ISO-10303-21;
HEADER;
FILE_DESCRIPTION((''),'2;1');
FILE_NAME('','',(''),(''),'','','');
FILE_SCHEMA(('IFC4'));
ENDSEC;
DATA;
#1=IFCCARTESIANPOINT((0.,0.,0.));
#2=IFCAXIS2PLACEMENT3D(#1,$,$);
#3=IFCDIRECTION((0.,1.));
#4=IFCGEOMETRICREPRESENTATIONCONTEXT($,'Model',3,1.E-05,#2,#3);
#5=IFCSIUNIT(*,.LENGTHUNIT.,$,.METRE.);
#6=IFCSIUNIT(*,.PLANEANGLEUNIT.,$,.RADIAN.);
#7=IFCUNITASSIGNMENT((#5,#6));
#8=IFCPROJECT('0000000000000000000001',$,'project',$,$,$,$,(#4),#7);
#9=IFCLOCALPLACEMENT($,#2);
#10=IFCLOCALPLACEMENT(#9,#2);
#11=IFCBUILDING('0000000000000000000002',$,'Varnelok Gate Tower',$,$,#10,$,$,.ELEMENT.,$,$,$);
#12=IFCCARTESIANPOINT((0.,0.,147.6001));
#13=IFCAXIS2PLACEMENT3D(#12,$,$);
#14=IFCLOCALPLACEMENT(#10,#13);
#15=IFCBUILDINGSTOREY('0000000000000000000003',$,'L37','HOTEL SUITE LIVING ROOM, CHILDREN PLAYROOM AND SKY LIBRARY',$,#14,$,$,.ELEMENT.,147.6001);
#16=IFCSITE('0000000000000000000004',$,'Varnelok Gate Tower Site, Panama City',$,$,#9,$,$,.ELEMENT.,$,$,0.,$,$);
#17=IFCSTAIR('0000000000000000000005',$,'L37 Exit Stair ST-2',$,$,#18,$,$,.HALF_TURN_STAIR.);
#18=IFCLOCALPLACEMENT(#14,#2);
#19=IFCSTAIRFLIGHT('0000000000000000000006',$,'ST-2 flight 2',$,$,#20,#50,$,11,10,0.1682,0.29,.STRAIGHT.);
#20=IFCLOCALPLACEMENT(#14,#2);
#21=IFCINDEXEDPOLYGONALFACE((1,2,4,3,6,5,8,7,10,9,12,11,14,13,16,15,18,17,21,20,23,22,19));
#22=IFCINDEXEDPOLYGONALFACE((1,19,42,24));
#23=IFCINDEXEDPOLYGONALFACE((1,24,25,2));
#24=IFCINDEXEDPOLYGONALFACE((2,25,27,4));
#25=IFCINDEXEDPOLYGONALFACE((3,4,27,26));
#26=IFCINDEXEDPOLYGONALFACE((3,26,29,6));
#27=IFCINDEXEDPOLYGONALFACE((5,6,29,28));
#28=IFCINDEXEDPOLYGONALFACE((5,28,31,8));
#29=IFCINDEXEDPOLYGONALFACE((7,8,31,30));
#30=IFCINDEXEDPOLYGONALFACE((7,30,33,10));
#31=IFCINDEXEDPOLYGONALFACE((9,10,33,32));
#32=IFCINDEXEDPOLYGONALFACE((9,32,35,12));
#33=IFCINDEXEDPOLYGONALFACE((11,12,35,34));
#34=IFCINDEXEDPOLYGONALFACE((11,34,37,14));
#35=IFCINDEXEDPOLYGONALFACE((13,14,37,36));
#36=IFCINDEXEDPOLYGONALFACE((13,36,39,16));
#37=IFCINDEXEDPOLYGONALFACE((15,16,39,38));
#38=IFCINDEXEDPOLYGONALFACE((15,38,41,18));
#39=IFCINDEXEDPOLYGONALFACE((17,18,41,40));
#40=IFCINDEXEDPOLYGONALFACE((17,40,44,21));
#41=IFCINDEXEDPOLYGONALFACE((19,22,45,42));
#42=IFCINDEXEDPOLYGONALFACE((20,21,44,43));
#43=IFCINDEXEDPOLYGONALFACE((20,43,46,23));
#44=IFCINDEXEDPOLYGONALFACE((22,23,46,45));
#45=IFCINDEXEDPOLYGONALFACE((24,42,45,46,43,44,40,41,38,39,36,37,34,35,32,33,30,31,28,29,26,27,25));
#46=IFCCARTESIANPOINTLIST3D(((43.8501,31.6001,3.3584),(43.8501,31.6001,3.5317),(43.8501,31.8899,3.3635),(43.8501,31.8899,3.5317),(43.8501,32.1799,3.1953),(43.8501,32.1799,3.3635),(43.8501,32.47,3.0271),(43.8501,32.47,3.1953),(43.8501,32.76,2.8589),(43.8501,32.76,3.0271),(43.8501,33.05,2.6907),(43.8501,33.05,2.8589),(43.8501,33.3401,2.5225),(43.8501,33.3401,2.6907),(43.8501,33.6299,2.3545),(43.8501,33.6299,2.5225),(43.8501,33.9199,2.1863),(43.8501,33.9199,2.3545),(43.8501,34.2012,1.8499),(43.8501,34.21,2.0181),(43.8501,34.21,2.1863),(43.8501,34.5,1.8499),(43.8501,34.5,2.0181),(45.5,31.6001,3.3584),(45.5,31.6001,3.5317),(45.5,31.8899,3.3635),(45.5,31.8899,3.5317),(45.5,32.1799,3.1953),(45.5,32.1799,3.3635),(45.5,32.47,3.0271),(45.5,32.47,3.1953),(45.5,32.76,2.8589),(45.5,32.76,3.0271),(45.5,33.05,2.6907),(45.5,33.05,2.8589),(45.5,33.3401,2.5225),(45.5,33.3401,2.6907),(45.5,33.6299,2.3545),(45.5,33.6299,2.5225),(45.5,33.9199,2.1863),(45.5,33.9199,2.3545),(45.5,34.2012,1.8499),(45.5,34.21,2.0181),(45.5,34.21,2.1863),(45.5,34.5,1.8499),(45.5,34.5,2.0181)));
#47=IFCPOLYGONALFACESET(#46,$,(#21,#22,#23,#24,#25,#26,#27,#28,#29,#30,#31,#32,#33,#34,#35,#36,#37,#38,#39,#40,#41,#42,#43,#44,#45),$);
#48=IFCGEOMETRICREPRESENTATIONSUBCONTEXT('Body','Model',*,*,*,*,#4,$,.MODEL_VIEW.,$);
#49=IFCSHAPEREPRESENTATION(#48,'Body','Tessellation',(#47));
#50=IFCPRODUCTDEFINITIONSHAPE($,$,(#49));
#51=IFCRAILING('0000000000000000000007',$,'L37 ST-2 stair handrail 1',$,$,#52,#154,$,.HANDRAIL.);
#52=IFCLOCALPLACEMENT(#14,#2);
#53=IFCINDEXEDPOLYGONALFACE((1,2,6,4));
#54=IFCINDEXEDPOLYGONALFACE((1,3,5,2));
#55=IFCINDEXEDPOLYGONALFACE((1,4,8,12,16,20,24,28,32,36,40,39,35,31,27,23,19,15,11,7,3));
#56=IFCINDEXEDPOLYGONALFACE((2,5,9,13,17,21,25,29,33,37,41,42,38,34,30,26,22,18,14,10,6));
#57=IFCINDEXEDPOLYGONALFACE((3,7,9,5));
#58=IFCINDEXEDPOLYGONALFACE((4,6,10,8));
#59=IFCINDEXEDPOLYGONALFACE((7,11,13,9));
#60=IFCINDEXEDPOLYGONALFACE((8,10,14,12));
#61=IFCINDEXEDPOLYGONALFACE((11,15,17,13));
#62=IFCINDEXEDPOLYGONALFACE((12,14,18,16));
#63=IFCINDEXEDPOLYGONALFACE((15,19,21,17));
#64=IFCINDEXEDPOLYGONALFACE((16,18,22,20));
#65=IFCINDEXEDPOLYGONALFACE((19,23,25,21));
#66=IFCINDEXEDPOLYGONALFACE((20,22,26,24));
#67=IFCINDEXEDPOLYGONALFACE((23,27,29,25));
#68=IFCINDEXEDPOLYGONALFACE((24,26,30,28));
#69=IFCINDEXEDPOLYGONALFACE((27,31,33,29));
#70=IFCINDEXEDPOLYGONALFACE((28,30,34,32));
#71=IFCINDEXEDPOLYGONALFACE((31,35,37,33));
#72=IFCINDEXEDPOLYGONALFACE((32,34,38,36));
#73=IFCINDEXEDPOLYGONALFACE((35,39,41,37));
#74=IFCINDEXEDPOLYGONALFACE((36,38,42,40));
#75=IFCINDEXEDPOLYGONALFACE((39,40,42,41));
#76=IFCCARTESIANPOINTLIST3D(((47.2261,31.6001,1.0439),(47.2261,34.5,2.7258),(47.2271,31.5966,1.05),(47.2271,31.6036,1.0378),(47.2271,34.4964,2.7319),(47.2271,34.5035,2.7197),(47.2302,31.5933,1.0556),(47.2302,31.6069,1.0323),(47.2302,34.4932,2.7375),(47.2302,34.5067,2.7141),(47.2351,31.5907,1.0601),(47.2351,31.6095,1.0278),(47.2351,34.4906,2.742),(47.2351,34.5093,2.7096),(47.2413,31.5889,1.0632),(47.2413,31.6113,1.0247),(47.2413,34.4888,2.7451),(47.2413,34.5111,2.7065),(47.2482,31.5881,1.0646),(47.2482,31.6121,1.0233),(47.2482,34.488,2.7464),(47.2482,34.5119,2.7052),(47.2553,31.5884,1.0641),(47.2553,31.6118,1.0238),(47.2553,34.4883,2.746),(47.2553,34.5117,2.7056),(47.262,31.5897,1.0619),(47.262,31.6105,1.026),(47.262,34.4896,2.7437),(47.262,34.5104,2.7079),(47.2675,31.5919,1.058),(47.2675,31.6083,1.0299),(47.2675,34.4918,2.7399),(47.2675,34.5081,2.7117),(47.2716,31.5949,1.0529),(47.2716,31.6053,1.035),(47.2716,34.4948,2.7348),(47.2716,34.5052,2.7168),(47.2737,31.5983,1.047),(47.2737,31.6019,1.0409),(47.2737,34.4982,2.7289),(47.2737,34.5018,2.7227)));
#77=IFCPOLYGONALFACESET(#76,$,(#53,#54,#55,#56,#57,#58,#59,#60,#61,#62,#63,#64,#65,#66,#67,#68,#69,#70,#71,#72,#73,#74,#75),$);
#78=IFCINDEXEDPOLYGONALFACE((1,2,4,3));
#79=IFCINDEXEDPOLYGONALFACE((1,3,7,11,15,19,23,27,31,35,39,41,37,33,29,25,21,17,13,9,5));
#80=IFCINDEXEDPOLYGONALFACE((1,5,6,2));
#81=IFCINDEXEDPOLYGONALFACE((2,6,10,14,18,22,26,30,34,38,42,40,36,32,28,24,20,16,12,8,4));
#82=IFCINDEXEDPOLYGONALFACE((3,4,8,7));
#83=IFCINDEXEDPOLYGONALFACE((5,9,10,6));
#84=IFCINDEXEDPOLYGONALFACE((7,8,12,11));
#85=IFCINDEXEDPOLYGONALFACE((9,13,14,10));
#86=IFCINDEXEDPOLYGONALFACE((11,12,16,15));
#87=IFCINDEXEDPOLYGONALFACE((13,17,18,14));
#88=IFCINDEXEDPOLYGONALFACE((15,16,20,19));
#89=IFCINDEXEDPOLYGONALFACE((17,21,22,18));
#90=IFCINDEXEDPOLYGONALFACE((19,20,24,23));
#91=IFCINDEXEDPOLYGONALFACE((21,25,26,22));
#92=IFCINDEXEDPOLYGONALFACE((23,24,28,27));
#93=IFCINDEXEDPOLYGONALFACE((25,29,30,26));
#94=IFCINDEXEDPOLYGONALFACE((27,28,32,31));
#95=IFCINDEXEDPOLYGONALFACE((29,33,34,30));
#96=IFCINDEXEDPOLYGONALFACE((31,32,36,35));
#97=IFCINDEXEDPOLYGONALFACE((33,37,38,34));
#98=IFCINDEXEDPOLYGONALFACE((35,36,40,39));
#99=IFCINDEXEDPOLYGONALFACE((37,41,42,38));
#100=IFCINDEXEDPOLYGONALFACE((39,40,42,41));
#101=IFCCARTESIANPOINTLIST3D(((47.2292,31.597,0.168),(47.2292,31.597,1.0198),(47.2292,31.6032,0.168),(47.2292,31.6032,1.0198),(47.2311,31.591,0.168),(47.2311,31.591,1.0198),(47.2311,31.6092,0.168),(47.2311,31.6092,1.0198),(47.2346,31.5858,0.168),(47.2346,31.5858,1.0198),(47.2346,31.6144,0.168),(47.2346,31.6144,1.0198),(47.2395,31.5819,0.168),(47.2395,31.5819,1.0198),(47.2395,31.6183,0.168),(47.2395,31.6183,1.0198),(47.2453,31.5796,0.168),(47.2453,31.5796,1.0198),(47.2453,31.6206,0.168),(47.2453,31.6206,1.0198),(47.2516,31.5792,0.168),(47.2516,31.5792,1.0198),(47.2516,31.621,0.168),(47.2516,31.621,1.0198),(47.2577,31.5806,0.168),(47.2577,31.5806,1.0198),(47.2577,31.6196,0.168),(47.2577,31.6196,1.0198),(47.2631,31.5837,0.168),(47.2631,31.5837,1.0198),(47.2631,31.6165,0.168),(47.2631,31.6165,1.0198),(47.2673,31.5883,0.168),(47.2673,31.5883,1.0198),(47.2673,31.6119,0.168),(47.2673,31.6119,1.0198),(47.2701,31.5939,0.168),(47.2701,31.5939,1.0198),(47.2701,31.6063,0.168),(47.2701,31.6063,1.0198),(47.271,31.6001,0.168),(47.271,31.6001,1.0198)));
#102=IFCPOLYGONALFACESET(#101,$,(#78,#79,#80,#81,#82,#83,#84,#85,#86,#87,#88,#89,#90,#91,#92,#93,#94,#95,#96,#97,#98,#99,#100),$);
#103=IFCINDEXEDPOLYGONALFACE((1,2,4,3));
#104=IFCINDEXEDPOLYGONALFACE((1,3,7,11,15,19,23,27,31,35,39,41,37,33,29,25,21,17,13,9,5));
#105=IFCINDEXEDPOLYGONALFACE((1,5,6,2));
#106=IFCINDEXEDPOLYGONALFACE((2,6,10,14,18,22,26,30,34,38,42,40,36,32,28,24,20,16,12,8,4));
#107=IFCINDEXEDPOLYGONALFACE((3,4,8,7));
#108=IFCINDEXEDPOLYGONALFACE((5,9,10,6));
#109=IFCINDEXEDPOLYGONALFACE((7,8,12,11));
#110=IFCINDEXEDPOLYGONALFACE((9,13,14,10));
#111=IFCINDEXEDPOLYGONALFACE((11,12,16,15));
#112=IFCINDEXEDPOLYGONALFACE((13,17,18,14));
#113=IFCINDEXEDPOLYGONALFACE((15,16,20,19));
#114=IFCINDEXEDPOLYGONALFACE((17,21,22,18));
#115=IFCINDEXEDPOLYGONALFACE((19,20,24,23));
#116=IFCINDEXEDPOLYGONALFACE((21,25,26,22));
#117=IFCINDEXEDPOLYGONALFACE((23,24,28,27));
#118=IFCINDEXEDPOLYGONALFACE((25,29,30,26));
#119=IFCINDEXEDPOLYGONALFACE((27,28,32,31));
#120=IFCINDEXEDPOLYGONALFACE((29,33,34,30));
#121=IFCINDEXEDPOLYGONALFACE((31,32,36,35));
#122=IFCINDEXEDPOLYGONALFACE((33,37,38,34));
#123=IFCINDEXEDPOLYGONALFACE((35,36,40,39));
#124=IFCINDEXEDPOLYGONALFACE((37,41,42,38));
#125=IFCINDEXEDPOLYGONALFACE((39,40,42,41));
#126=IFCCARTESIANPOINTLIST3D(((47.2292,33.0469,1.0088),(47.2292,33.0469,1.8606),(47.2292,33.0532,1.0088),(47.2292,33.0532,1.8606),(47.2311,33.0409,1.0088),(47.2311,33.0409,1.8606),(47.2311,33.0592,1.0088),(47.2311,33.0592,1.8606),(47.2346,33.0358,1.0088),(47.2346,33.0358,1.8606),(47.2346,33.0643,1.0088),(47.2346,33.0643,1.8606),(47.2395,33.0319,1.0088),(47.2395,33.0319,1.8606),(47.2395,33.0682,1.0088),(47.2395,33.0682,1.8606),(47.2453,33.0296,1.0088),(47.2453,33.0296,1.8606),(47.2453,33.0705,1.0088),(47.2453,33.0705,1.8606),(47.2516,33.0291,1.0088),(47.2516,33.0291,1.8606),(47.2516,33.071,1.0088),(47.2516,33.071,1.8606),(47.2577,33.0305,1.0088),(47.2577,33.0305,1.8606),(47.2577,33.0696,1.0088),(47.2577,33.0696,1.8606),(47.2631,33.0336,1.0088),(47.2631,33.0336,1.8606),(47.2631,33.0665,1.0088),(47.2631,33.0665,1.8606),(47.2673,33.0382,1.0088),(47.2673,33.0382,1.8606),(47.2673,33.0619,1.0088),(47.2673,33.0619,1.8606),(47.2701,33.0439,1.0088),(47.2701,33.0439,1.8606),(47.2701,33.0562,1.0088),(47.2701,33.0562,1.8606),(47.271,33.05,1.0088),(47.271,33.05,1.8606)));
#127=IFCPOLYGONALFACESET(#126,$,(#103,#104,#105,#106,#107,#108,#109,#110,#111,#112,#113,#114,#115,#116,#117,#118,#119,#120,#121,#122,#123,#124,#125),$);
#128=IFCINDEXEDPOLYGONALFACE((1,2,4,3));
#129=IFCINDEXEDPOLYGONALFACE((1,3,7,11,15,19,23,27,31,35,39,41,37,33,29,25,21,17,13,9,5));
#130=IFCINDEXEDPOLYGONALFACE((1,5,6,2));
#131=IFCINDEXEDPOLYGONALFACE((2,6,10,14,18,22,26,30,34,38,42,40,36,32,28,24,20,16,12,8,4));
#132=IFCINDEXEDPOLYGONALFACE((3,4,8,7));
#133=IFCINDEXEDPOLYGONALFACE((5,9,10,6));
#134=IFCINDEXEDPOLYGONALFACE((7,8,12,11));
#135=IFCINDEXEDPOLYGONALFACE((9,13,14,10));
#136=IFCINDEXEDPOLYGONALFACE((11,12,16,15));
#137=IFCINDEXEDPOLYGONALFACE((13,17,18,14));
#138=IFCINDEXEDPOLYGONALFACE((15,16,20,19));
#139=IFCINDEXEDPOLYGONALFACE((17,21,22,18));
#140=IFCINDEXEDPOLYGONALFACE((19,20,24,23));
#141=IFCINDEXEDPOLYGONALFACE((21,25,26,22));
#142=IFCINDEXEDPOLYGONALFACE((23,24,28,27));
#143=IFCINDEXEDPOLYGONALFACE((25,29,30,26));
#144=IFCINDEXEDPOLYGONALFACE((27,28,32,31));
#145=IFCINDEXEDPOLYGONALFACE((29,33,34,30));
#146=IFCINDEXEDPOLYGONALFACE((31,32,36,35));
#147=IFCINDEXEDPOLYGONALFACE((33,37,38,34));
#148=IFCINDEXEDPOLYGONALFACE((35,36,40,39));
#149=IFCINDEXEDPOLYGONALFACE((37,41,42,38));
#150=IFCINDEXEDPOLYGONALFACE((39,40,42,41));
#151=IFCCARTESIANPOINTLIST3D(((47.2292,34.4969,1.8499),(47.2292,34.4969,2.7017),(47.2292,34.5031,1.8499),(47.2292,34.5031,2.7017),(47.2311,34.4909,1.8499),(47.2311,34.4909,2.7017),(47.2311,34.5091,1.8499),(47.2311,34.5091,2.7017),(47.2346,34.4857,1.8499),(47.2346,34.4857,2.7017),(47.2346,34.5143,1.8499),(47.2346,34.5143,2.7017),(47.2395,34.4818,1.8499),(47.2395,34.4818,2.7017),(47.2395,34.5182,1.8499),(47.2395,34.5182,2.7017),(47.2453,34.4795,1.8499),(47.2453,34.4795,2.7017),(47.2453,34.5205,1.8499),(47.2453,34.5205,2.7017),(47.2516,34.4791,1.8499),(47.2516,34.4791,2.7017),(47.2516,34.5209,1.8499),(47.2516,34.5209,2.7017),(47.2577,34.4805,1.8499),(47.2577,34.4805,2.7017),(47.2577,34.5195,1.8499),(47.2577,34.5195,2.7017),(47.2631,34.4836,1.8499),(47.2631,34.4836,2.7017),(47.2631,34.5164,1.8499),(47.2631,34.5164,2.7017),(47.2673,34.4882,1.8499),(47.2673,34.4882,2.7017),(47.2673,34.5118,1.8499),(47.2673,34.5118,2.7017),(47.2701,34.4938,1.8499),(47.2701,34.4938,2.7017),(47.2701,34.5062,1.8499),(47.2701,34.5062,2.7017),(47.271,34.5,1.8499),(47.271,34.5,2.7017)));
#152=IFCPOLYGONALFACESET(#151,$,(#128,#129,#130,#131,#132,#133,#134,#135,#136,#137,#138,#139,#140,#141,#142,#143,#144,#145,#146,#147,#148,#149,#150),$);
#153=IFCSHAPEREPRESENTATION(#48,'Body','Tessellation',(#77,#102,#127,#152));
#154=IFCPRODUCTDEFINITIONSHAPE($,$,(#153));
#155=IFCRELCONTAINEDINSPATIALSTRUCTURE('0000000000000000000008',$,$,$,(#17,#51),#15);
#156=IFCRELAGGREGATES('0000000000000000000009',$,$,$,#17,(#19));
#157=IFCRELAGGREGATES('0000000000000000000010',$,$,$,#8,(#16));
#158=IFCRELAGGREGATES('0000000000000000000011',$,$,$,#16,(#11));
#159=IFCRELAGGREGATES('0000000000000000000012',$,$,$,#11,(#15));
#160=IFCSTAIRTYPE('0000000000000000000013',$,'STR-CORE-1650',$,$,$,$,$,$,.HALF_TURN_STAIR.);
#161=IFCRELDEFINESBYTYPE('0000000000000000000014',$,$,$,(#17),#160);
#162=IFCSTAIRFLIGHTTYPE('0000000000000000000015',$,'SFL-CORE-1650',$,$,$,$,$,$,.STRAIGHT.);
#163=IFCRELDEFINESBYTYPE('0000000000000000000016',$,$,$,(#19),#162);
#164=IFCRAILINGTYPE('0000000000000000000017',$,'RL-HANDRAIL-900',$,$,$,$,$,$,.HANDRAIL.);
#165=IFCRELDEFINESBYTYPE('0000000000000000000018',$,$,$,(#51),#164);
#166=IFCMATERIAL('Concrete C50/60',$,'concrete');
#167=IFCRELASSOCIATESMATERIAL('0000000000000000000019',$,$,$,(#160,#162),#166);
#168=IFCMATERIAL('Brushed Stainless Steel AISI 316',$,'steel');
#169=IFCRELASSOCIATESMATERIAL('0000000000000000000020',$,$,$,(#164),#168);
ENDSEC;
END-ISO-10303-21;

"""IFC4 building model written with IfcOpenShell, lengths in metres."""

from ifc_helpers import new_model, si_unit, direction, frame, origin, origin_2d, place, context, subcontext, project, spatial, polyline, circle, outline, extrude, material, type_object, element, aggregate, save


model = new_model("IFC4")

# Units and contexts
model_context = context("Model", 3, precision=1e-05, world=origin(), true_north=direction((0.0, 1.0)))
body_context = subcontext(model_context, "Body", "Model", "MODEL_VIEW")
ifc_project = project(units=[si_unit("LENGTHUNIT", "METRE"), si_unit("PLANEANGLEUNIT", "RADIAN")], contexts=[model_context])

# Site, building, storey
site_placement = place(None, origin())
site = spatial("IfcSite", under=ifc_project, at=site_placement, Name="Varnelok Gate Tower Site, Panama City", CompositionType="ELEMENT", RefElevation=0.0)
building_placement = place(site_placement, origin())
building = spatial("IfcBuilding", under=site, at=building_placement, Name="Varnelok Gate Tower", CompositionType="ELEMENT")
storey_placement = place(building_placement, frame((0.0, 0.0, 147.6001)))
storey = spatial("IfcBuildingStorey", under=building, at=storey_placement, Name="L37", Description="HOTEL SUITE LIVING ROOM, CHILDREN PLAYROOM AND SKY LIBRARY", CompositionType="ELEMENT", Elevation=147.6001)

# Stair, stair flight
ifc_material_1 = material(Name="Concrete C50/60", Category="concrete")
stair_type = type_object("IfcStairType", Name="STR-CORE-1650", PredefinedType="HALF_TURN_STAIR", material=ifc_material_1)
stair_placement = place(storey_placement, origin())
stair = element("IfcStair", 1, at=stair_placement, inside=storey, type_object=stair_type, Name="L37 Exit Stair ST-2", PredefinedType="HALF_TURN_STAIR")
stair_flight_type = type_object("IfcStairFlightType", Name="SFL-CORE-1650", PredefinedType="STRAIGHT", material=ifc_material_1)
stair_flight_1_placement = place(storey_placement, frame((44.675, 34.5, 1.8499), z_axis=(0.0, 0.0, 1.0), x_axis=(0.0, -1.0, 0.0)))
stair_flight_1 = element("IfcStairFlight", 2, at=stair_flight_1_placement, type_object=stair_flight_type, Name="ST-2 flight 2", NumberOfRisers=11, NumberOfTreads=10, PredefinedType="STRAIGHT", RiserHeight=0.1682, TreadLength=0.29, context=body_context, shape_type="SweptSolid", body=[
    extrude(outline(polyline([(0.0, 0.0), (0.0, 0.1682), (0.29, 0.1682), (0.29, 0.3364), (0.5801, 0.3364), (0.5801, 0.5046), (0.8701, 0.5046), (0.8701, 0.6726), (1.1599, 0.6726), (1.1599, 0.8408), (1.45, 0.8408), (1.45, 1.009), (1.74, 1.009), (1.74, 1.1772), (2.03, 1.1772), (2.03, 1.3455), (2.3201, 1.3455), (2.3201, 1.5137), (2.6101, 1.5137), (2.6101, 1.6819), (2.8999, 1.6819), (2.8999, 1.8501), (2.8999, 1.5085), (0.2988, 0.0), (0.0, 0.0)])), frame((0.0, 0.825, 0.0), z_axis=(0.0, -1.0, 0.0), x_axis=(1.0, 0.0, 0.0)), (0.0, 0.0, 1.0), 1.6499),
])
aggregate(stair, [stair_flight_1])

# Railing
ifc_material_2 = material(Name="Brushed Stainless Steel AISI 316", Category="steel")
railing_type_1 = type_object("IfcRailingType", Name="RL-HANDRAIL-900", PredefinedType="HANDRAIL", material=ifc_material_2)
railing_1_placement = place(storey_placement, frame((47.25, 31.6001, 0.168)))
element("IfcRailing", 3, at=railing_1_placement, inside=storey, type_object=railing_type_1, Name="L37 ST-2 stair handrail 1", PredefinedType="HANDRAIL", context=body_context, shape_type="SweptSolid", body=[
    extrude(circle(Radius=0.0239, at=origin_2d()), frame((0.0, 0.0, 0.876), z_axis=(0.0, 0.865039, 0.501705), x_axis=(-1.0, 0.0, 0.0)), (0.0, 0.0, 1.0), 3.3523),
    extrude(circle(Radius=0.021, at=origin_2d()), origin(), (0.0, 0.0, 1.0), 0.8518),
    extrude(circle(Radius=0.021, at=origin_2d()), frame((0.0, 1.45, 0.8408)), (0.0, 0.0, 1.0), 0.8518),
    extrude(circle(Radius=0.021, at=origin_2d()), frame((0.0, 2.8999, 1.6819)), (0.0, 0.0, 1.0), 0.8518),
])

save(model, "model.ifc")
